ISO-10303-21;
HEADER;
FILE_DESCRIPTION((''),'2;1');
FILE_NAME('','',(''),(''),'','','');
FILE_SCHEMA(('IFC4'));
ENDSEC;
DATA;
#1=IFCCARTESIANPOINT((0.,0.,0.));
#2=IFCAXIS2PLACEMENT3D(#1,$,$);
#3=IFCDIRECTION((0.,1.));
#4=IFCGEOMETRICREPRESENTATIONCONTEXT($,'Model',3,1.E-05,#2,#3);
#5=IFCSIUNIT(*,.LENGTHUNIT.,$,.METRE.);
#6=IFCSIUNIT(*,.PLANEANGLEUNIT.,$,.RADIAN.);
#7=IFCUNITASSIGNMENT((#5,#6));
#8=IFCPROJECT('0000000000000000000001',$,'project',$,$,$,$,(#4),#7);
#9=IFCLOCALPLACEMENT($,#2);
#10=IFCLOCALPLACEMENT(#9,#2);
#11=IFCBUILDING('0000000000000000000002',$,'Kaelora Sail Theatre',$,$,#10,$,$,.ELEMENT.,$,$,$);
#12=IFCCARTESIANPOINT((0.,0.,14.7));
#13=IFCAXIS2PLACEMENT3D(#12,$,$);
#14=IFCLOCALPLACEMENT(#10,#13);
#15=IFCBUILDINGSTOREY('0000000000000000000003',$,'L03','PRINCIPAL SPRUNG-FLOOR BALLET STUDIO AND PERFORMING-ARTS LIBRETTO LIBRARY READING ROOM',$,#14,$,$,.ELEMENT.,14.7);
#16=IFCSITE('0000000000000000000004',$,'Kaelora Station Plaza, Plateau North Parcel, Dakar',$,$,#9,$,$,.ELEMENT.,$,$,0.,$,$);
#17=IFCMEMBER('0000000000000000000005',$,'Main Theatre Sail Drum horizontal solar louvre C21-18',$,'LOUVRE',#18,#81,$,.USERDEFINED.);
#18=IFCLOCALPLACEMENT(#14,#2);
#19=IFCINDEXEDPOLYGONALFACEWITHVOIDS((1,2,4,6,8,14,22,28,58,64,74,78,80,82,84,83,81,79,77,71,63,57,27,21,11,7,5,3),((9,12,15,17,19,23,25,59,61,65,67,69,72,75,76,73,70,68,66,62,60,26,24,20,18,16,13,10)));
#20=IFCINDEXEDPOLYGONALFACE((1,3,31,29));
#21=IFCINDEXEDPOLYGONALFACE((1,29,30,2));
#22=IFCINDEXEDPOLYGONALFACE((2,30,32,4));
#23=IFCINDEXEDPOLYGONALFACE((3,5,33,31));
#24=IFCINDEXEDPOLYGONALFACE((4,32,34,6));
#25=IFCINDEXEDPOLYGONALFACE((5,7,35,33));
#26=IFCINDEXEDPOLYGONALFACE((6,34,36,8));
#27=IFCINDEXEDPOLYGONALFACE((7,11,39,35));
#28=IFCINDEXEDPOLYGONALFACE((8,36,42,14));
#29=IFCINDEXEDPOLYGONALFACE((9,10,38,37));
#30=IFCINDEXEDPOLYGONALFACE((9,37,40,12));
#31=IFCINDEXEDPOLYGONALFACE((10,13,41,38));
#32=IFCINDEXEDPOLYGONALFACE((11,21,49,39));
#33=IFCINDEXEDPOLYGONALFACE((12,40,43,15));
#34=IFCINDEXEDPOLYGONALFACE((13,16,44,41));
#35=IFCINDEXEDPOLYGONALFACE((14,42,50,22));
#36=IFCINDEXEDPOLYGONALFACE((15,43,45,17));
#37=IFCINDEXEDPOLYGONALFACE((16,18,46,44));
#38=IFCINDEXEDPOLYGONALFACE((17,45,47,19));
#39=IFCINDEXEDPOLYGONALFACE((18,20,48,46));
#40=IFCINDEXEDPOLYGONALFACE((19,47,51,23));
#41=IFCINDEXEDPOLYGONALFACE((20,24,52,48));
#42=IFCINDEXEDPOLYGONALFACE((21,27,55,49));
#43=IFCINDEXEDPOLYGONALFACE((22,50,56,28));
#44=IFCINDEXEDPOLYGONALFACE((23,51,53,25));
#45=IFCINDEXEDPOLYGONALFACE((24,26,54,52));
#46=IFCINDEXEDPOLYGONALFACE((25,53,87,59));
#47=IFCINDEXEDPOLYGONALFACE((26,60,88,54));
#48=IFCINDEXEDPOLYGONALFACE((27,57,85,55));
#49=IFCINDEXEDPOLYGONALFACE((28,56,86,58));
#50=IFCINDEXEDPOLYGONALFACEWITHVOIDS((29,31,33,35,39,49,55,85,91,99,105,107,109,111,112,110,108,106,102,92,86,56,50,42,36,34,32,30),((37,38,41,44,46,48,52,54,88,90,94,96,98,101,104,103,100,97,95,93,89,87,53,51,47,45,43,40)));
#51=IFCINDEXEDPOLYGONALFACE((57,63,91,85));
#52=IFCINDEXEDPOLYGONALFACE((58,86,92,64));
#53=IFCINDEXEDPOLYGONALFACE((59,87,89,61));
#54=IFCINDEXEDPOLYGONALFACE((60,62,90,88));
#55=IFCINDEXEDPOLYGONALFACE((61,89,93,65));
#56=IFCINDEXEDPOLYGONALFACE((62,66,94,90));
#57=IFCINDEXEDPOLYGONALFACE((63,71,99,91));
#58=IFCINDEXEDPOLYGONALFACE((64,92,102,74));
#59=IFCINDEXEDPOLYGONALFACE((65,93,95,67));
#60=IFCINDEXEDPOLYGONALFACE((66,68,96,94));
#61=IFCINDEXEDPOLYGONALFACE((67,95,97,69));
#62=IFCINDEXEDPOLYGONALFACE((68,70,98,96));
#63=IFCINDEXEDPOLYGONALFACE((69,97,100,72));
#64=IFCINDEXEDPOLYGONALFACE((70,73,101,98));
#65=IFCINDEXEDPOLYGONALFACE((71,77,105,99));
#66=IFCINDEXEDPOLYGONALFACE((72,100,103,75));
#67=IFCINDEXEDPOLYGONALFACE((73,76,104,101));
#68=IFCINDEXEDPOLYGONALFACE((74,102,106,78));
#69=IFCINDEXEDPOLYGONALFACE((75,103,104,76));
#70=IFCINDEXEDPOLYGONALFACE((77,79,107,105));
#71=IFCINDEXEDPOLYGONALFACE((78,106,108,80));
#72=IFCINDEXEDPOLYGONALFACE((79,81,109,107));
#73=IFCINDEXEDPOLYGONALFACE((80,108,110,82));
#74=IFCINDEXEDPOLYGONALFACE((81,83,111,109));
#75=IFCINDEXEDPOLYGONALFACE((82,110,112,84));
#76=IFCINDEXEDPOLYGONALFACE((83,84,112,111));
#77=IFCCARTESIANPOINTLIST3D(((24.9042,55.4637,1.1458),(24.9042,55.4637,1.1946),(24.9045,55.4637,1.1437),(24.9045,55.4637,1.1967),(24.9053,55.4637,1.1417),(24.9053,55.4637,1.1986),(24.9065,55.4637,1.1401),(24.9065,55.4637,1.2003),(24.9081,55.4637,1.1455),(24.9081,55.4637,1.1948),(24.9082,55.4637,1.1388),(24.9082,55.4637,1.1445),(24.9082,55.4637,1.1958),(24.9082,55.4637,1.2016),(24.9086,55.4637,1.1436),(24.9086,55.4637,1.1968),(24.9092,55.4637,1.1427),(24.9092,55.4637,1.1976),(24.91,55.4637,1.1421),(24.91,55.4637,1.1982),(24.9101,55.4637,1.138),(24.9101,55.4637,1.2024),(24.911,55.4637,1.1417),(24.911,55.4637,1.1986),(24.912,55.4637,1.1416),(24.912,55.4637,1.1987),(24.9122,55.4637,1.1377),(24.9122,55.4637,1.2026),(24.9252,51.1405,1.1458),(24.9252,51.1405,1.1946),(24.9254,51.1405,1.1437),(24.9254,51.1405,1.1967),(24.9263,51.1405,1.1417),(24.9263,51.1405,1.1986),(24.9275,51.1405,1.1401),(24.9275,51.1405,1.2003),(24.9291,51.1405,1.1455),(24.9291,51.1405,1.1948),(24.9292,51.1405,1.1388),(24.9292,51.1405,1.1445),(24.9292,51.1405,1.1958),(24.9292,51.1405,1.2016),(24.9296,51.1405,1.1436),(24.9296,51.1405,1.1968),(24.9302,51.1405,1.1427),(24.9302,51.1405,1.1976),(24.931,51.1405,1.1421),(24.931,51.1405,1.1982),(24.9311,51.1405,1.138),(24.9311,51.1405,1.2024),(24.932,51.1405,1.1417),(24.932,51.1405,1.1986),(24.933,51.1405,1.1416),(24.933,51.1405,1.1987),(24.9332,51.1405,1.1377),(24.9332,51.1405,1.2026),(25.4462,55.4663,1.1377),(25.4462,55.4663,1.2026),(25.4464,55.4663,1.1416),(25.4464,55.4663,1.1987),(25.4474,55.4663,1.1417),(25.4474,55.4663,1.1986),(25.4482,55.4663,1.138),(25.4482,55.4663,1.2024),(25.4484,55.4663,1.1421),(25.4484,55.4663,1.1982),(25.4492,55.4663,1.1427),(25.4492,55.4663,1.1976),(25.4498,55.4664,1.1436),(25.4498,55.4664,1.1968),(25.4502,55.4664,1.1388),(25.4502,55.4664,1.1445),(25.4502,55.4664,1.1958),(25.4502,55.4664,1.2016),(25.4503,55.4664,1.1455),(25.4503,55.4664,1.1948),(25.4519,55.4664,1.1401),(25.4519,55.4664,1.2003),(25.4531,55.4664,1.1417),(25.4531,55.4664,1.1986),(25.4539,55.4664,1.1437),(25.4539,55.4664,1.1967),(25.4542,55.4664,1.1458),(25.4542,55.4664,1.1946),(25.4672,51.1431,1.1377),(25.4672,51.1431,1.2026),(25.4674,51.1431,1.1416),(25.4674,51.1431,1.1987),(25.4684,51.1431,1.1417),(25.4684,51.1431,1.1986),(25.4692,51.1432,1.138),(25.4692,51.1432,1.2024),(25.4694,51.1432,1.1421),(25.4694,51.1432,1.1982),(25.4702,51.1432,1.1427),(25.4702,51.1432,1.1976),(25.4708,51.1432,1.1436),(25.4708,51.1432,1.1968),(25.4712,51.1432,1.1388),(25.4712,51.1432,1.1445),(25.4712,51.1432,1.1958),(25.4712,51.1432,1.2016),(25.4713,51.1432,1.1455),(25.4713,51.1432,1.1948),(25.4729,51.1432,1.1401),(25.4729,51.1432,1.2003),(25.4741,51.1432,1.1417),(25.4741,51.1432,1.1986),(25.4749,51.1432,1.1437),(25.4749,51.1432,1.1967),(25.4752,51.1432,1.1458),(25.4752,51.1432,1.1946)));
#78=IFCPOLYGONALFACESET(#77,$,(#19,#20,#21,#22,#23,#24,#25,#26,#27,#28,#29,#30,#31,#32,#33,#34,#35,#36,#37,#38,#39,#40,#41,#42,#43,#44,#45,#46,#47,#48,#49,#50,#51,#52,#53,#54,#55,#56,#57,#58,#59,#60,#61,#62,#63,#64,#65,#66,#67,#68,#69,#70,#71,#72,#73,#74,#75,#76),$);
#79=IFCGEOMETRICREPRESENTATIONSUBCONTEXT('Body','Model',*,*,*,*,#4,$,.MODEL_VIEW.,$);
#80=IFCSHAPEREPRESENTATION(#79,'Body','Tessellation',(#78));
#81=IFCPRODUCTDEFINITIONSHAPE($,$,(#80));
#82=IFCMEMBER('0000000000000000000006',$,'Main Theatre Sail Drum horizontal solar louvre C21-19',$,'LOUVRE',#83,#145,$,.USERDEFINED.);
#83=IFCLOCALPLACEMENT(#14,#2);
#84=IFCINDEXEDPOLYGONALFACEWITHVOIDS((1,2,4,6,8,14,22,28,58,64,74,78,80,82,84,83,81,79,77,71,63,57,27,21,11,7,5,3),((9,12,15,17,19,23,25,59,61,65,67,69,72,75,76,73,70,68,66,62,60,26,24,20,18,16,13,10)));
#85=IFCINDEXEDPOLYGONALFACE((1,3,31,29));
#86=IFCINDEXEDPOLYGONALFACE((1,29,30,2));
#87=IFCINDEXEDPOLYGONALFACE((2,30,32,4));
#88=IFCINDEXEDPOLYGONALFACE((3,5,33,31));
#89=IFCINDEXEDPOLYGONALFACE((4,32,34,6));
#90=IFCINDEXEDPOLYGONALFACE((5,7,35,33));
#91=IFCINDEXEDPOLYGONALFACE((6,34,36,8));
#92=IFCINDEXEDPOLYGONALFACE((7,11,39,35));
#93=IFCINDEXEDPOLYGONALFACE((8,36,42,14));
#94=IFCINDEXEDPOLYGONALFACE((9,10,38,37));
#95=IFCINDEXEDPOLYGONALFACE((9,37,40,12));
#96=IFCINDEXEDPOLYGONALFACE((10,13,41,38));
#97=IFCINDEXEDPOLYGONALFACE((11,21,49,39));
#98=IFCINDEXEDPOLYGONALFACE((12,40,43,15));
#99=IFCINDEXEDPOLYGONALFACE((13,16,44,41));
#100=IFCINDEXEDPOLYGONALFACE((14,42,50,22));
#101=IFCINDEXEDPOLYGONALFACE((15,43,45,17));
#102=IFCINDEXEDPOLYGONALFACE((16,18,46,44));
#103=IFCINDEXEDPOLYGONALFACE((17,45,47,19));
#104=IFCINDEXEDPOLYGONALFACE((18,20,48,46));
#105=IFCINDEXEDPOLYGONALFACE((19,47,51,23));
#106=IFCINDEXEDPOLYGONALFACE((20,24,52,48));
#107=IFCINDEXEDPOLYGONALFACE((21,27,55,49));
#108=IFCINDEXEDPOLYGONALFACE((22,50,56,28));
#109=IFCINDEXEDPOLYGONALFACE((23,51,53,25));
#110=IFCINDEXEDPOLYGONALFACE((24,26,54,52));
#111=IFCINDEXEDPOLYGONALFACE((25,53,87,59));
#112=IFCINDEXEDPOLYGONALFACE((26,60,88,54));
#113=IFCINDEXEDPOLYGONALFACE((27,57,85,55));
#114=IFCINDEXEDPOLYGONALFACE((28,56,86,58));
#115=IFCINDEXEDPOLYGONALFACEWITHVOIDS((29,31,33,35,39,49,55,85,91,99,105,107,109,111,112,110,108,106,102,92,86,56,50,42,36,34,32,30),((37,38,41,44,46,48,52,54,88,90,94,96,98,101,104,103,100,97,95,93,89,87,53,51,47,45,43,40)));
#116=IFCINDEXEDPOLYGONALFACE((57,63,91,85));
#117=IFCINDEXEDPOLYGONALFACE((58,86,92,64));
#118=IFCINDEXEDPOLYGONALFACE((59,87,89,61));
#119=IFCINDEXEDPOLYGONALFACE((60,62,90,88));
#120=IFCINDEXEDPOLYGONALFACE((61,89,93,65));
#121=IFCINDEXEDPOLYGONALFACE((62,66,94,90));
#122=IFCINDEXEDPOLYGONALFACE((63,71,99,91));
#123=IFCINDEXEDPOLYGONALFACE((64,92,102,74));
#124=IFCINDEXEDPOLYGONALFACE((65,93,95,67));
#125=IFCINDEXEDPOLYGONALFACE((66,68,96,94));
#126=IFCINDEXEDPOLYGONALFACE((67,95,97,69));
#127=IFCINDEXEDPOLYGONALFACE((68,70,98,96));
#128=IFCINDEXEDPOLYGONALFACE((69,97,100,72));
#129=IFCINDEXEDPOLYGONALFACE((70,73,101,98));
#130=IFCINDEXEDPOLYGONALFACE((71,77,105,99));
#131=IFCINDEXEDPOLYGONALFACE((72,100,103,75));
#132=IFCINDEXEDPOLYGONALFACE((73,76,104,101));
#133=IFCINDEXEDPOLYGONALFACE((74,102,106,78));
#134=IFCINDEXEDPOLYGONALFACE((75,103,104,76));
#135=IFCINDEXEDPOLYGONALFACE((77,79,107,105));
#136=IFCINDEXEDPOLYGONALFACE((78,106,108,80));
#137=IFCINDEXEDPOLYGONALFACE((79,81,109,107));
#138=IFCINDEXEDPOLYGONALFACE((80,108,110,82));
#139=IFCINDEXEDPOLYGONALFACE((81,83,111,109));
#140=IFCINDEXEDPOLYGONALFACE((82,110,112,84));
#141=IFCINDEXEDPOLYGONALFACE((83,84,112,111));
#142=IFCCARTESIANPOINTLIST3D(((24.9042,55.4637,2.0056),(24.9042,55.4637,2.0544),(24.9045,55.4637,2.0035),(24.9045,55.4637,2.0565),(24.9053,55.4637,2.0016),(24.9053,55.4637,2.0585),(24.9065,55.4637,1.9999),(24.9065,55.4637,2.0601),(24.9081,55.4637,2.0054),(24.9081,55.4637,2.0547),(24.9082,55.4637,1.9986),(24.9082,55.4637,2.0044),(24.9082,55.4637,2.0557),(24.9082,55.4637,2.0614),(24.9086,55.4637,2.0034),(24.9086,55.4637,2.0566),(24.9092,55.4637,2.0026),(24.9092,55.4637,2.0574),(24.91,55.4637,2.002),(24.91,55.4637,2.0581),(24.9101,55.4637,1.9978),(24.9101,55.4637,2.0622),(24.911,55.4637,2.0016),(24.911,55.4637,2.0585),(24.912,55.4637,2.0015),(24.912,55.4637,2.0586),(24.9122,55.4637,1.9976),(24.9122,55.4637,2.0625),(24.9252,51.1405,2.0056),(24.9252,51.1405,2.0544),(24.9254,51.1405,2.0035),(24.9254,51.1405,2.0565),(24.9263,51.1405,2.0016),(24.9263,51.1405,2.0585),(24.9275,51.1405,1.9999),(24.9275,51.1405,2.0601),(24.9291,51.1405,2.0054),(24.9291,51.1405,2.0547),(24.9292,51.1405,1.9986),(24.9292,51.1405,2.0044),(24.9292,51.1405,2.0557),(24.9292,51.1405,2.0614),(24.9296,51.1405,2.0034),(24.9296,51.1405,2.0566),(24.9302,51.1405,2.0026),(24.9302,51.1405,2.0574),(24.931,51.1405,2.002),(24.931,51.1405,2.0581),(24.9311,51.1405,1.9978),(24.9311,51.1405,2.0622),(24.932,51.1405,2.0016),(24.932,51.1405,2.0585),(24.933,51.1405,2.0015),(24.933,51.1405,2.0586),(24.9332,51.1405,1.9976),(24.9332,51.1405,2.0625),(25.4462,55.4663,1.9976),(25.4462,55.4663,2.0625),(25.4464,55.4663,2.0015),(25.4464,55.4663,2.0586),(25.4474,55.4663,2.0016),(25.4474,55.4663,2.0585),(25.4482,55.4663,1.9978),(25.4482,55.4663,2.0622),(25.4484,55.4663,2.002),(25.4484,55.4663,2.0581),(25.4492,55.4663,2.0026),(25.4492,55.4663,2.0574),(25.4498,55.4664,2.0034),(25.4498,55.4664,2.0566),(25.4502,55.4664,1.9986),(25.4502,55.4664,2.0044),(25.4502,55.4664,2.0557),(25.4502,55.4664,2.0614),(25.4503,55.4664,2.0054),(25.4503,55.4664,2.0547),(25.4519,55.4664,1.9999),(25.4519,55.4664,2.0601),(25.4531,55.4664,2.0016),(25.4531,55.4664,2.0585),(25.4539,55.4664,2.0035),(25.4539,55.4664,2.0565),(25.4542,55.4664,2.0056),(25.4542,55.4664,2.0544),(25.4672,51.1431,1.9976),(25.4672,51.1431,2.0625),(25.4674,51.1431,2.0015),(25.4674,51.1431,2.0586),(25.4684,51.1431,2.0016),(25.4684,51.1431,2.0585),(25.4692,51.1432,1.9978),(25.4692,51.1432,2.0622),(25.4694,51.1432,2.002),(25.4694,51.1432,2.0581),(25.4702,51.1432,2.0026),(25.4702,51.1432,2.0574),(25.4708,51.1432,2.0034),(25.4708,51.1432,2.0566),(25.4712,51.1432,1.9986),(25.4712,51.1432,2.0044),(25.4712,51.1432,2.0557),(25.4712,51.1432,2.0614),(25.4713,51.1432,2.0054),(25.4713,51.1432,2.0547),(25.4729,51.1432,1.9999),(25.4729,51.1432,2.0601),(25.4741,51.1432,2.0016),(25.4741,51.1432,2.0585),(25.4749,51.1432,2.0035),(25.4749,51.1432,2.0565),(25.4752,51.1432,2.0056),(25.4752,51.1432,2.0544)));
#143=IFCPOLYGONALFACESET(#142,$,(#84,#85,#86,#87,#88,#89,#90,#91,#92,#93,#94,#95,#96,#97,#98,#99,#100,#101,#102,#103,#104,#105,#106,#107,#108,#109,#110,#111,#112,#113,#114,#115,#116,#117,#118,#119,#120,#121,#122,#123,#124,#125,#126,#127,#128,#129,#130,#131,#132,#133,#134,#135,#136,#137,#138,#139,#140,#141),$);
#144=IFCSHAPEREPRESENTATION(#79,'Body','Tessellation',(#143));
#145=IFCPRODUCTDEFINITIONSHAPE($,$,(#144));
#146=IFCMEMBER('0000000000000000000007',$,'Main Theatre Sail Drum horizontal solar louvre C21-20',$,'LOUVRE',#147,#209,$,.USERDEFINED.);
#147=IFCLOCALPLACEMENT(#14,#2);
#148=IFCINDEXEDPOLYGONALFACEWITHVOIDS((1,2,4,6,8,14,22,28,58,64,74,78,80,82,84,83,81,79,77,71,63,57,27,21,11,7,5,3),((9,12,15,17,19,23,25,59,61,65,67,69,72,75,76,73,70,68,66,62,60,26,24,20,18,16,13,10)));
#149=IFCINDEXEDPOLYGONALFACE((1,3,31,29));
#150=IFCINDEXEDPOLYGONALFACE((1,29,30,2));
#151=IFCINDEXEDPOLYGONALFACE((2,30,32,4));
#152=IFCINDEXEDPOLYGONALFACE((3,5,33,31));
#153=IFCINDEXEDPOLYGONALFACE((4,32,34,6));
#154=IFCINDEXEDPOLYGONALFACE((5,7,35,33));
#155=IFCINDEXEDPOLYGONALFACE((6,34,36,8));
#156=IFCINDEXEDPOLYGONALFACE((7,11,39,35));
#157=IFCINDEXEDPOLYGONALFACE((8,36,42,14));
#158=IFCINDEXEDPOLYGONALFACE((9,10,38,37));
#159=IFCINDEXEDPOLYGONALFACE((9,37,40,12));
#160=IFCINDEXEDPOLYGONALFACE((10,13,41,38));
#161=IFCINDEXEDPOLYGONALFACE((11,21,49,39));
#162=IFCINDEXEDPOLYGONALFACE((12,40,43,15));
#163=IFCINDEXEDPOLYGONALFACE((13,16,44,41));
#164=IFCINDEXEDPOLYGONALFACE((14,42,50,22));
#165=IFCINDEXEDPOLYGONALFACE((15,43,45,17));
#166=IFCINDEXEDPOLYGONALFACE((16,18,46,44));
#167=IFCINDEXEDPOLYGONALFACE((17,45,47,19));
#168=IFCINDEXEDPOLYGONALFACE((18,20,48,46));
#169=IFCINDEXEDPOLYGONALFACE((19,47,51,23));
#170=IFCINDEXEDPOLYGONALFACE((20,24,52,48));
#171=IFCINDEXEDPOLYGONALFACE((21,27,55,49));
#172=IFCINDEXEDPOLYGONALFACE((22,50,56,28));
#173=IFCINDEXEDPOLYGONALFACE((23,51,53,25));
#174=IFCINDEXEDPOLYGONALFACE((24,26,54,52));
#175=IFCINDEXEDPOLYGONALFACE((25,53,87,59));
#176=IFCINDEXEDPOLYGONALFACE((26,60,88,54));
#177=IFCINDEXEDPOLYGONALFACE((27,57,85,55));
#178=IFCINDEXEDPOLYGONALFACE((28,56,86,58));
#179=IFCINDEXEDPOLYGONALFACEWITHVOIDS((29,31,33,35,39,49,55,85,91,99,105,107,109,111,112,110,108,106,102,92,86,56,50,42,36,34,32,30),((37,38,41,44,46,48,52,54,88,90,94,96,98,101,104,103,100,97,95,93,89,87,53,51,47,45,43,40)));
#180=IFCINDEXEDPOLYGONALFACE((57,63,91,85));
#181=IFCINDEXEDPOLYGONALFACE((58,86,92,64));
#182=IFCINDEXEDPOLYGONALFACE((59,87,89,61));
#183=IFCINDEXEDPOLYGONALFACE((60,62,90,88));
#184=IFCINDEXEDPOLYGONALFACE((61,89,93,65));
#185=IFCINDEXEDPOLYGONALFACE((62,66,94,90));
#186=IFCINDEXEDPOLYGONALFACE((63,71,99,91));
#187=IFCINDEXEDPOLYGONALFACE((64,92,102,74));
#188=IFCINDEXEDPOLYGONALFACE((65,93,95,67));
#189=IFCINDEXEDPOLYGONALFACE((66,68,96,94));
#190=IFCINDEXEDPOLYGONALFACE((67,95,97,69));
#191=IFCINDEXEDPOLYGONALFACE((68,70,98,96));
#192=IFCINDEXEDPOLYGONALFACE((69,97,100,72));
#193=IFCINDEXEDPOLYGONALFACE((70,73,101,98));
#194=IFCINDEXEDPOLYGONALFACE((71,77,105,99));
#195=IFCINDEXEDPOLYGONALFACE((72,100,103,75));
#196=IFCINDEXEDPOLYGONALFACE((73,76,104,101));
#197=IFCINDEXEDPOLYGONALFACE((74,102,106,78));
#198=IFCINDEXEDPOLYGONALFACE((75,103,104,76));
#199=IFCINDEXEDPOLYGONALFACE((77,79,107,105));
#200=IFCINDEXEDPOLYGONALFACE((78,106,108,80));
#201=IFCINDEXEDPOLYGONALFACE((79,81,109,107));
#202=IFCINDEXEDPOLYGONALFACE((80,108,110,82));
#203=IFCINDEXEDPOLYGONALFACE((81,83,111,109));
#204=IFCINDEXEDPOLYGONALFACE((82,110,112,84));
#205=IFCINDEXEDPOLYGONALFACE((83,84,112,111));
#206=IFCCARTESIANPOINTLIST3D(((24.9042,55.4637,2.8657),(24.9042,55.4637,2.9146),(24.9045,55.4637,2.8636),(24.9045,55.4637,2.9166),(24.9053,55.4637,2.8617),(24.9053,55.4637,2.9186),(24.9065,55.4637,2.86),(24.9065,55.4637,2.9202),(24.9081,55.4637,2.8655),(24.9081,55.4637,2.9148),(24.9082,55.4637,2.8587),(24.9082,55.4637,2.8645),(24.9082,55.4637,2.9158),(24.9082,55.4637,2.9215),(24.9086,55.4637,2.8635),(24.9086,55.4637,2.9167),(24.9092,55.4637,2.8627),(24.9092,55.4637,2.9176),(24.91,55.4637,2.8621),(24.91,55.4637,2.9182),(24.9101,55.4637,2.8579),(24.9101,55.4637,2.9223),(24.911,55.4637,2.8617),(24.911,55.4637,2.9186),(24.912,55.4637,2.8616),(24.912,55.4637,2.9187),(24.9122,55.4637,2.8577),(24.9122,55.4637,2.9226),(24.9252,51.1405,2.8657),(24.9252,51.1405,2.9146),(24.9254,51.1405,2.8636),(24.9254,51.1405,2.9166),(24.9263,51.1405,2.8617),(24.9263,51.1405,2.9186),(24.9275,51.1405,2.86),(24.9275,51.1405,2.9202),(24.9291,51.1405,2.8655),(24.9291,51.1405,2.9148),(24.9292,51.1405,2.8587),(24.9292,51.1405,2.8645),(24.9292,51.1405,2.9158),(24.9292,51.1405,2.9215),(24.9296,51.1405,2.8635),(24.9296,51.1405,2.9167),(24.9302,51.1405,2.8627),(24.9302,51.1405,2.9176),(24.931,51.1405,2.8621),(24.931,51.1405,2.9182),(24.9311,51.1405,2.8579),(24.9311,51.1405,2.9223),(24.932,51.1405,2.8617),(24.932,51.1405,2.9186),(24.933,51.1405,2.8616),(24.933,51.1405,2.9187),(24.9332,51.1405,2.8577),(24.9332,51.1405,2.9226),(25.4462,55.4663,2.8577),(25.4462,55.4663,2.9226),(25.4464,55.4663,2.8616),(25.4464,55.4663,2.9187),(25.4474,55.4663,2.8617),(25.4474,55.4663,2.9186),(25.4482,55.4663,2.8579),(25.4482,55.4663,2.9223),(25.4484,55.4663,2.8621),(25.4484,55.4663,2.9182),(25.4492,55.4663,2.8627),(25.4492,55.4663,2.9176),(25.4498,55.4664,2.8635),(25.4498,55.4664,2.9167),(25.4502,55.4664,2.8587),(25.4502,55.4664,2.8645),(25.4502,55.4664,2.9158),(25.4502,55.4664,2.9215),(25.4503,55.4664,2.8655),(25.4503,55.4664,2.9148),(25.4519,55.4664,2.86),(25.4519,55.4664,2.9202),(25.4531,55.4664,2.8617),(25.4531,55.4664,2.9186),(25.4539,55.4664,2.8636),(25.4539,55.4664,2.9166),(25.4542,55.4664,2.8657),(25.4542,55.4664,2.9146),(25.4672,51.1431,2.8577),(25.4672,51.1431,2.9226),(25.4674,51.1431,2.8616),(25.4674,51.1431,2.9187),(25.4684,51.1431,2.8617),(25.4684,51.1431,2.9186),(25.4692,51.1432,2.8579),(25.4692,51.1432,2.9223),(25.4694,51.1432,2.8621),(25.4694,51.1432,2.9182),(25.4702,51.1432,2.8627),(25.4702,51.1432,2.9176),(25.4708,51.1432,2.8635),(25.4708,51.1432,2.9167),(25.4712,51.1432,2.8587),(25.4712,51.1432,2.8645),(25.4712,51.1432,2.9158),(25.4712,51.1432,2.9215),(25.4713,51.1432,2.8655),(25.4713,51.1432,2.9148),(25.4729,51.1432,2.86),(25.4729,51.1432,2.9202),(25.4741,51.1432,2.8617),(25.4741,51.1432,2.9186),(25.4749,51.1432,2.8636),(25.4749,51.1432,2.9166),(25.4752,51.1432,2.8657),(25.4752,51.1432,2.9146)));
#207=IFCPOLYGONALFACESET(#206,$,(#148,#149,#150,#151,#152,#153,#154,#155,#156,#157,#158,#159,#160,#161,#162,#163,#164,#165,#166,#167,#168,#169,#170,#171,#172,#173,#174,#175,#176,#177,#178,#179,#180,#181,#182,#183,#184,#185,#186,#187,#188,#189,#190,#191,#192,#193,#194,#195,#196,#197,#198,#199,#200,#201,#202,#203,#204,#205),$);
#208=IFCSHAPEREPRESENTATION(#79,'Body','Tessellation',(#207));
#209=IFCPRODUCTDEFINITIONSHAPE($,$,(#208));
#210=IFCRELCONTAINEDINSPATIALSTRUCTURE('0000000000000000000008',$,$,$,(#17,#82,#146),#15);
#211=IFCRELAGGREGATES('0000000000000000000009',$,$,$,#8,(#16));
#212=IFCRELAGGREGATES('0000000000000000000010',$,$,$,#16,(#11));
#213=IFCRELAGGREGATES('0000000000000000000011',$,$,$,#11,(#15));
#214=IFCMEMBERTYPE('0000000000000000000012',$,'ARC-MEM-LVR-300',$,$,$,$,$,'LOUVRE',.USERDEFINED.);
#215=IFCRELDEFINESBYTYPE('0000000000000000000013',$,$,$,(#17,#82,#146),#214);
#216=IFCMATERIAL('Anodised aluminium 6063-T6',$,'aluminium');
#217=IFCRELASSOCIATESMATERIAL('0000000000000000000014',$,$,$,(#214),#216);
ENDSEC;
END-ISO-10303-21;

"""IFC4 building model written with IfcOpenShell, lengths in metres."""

from ifc_helpers import new_model, si_unit, direction, frame, origin, origin_2d, place, context, subcontext, project, spatial, hollow_rectangle, extrude, material, material_profile, profile_set, type_object, element, save


model = new_model("IFC4")

# Units and contexts
model_context = context("Model", 3, precision=1e-05, world=origin(), true_north=direction((0.0, 1.0)))
body_context = subcontext(model_context, "Body", "Model", "MODEL_VIEW")
ifc_project = project(units=[si_unit("LENGTHUNIT", "METRE"), si_unit("PLANEANGLEUNIT", "RADIAN")], contexts=[model_context])

# Site, building, storey
site_placement = place(None, origin())
site = spatial("IfcSite", under=ifc_project, at=site_placement, Name="Kaelora Station Plaza, Plateau North Parcel, Dakar", CompositionType="ELEMENT", RefElevation=0.0)
building_placement = place(site_placement, origin())
building = spatial("IfcBuilding", under=site, at=building_placement, Name="Kaelora Sail Theatre", CompositionType="ELEMENT")
storey_placement = place(building_placement, frame((0.0, 0.0, 14.7)))
storey = spatial("IfcBuildingStorey", under=building, at=storey_placement, Name="L03", Description="PRINCIPAL SPRUNG-FLOOR BALLET STUDIO AND PERFORMING-ARTS LIBRETTO LIBRARY READING ROOM", CompositionType="ELEMENT", Elevation=14.7)

# Members
ifc_material_1 = material(Name="Anodised aluminium 6063-T6", Category="aluminium")
ifc_material_profile_1 = material_profile(ifc_material_1, hollow_rectangle(XDim=0.55, YDim=0.0649, WallThickness=0.0039, InnerFilletRadius=0.0039, OuterFilletRadius=0.0081, at=origin_2d()), Name="LOUVRE 550x65x4")
ifc_profile_set_1 = profile_set([ifc_material_profile_1], Name="Anodised aluminium 6063-T6")
member_type = type_object("IfcMemberType", Name="ARC-MEM-LVR-300", ElementType="LOUVRE", PredefinedType="USERDEFINED", material=ifc_profile_set_1)
for number, where, z_axis, x_axis, name in (
    (1, (25.2002, 51.1418, 1.1702), (-0.004857, 0.999988, 0.0), (-0.999988, -0.004857, 0.0), "Main Theatre Sail Drum horizontal solar louvre C21-18"),
    (2, (25.2002, 51.1418, 2.03), (-0.004857, 0.999988, 0.0), (-0.999988, -0.004857, 0.0), "Main Theatre Sail Drum horizontal solar louvre C21-19"),
    (3, (25.2002, 51.1418, 2.8901), (-0.004857, 0.999988, 0.0), (-0.999988, -0.004857, 0.0), "Main Theatre Sail Drum horizontal solar louvre C21-20"),
):
    element("IfcMember", number, at=place(storey_placement, frame(where, z_axis=z_axis, x_axis=x_axis)), inside=storey, type_object=member_type, Name=name, ObjectType="LOUVRE", PredefinedType="USERDEFINED", context=body_context, shape_type="SweptSolid", body=[
        extrude(hollow_rectangle(XDim=0.55, YDim=0.0649, WallThickness=0.0039, InnerFilletRadius=0.0039, OuterFilletRadius=0.0081, at=origin_2d()), origin(), (0.0, 0.0, 1.0), 4.3232),
    ])

save(model, "model.ifc")
